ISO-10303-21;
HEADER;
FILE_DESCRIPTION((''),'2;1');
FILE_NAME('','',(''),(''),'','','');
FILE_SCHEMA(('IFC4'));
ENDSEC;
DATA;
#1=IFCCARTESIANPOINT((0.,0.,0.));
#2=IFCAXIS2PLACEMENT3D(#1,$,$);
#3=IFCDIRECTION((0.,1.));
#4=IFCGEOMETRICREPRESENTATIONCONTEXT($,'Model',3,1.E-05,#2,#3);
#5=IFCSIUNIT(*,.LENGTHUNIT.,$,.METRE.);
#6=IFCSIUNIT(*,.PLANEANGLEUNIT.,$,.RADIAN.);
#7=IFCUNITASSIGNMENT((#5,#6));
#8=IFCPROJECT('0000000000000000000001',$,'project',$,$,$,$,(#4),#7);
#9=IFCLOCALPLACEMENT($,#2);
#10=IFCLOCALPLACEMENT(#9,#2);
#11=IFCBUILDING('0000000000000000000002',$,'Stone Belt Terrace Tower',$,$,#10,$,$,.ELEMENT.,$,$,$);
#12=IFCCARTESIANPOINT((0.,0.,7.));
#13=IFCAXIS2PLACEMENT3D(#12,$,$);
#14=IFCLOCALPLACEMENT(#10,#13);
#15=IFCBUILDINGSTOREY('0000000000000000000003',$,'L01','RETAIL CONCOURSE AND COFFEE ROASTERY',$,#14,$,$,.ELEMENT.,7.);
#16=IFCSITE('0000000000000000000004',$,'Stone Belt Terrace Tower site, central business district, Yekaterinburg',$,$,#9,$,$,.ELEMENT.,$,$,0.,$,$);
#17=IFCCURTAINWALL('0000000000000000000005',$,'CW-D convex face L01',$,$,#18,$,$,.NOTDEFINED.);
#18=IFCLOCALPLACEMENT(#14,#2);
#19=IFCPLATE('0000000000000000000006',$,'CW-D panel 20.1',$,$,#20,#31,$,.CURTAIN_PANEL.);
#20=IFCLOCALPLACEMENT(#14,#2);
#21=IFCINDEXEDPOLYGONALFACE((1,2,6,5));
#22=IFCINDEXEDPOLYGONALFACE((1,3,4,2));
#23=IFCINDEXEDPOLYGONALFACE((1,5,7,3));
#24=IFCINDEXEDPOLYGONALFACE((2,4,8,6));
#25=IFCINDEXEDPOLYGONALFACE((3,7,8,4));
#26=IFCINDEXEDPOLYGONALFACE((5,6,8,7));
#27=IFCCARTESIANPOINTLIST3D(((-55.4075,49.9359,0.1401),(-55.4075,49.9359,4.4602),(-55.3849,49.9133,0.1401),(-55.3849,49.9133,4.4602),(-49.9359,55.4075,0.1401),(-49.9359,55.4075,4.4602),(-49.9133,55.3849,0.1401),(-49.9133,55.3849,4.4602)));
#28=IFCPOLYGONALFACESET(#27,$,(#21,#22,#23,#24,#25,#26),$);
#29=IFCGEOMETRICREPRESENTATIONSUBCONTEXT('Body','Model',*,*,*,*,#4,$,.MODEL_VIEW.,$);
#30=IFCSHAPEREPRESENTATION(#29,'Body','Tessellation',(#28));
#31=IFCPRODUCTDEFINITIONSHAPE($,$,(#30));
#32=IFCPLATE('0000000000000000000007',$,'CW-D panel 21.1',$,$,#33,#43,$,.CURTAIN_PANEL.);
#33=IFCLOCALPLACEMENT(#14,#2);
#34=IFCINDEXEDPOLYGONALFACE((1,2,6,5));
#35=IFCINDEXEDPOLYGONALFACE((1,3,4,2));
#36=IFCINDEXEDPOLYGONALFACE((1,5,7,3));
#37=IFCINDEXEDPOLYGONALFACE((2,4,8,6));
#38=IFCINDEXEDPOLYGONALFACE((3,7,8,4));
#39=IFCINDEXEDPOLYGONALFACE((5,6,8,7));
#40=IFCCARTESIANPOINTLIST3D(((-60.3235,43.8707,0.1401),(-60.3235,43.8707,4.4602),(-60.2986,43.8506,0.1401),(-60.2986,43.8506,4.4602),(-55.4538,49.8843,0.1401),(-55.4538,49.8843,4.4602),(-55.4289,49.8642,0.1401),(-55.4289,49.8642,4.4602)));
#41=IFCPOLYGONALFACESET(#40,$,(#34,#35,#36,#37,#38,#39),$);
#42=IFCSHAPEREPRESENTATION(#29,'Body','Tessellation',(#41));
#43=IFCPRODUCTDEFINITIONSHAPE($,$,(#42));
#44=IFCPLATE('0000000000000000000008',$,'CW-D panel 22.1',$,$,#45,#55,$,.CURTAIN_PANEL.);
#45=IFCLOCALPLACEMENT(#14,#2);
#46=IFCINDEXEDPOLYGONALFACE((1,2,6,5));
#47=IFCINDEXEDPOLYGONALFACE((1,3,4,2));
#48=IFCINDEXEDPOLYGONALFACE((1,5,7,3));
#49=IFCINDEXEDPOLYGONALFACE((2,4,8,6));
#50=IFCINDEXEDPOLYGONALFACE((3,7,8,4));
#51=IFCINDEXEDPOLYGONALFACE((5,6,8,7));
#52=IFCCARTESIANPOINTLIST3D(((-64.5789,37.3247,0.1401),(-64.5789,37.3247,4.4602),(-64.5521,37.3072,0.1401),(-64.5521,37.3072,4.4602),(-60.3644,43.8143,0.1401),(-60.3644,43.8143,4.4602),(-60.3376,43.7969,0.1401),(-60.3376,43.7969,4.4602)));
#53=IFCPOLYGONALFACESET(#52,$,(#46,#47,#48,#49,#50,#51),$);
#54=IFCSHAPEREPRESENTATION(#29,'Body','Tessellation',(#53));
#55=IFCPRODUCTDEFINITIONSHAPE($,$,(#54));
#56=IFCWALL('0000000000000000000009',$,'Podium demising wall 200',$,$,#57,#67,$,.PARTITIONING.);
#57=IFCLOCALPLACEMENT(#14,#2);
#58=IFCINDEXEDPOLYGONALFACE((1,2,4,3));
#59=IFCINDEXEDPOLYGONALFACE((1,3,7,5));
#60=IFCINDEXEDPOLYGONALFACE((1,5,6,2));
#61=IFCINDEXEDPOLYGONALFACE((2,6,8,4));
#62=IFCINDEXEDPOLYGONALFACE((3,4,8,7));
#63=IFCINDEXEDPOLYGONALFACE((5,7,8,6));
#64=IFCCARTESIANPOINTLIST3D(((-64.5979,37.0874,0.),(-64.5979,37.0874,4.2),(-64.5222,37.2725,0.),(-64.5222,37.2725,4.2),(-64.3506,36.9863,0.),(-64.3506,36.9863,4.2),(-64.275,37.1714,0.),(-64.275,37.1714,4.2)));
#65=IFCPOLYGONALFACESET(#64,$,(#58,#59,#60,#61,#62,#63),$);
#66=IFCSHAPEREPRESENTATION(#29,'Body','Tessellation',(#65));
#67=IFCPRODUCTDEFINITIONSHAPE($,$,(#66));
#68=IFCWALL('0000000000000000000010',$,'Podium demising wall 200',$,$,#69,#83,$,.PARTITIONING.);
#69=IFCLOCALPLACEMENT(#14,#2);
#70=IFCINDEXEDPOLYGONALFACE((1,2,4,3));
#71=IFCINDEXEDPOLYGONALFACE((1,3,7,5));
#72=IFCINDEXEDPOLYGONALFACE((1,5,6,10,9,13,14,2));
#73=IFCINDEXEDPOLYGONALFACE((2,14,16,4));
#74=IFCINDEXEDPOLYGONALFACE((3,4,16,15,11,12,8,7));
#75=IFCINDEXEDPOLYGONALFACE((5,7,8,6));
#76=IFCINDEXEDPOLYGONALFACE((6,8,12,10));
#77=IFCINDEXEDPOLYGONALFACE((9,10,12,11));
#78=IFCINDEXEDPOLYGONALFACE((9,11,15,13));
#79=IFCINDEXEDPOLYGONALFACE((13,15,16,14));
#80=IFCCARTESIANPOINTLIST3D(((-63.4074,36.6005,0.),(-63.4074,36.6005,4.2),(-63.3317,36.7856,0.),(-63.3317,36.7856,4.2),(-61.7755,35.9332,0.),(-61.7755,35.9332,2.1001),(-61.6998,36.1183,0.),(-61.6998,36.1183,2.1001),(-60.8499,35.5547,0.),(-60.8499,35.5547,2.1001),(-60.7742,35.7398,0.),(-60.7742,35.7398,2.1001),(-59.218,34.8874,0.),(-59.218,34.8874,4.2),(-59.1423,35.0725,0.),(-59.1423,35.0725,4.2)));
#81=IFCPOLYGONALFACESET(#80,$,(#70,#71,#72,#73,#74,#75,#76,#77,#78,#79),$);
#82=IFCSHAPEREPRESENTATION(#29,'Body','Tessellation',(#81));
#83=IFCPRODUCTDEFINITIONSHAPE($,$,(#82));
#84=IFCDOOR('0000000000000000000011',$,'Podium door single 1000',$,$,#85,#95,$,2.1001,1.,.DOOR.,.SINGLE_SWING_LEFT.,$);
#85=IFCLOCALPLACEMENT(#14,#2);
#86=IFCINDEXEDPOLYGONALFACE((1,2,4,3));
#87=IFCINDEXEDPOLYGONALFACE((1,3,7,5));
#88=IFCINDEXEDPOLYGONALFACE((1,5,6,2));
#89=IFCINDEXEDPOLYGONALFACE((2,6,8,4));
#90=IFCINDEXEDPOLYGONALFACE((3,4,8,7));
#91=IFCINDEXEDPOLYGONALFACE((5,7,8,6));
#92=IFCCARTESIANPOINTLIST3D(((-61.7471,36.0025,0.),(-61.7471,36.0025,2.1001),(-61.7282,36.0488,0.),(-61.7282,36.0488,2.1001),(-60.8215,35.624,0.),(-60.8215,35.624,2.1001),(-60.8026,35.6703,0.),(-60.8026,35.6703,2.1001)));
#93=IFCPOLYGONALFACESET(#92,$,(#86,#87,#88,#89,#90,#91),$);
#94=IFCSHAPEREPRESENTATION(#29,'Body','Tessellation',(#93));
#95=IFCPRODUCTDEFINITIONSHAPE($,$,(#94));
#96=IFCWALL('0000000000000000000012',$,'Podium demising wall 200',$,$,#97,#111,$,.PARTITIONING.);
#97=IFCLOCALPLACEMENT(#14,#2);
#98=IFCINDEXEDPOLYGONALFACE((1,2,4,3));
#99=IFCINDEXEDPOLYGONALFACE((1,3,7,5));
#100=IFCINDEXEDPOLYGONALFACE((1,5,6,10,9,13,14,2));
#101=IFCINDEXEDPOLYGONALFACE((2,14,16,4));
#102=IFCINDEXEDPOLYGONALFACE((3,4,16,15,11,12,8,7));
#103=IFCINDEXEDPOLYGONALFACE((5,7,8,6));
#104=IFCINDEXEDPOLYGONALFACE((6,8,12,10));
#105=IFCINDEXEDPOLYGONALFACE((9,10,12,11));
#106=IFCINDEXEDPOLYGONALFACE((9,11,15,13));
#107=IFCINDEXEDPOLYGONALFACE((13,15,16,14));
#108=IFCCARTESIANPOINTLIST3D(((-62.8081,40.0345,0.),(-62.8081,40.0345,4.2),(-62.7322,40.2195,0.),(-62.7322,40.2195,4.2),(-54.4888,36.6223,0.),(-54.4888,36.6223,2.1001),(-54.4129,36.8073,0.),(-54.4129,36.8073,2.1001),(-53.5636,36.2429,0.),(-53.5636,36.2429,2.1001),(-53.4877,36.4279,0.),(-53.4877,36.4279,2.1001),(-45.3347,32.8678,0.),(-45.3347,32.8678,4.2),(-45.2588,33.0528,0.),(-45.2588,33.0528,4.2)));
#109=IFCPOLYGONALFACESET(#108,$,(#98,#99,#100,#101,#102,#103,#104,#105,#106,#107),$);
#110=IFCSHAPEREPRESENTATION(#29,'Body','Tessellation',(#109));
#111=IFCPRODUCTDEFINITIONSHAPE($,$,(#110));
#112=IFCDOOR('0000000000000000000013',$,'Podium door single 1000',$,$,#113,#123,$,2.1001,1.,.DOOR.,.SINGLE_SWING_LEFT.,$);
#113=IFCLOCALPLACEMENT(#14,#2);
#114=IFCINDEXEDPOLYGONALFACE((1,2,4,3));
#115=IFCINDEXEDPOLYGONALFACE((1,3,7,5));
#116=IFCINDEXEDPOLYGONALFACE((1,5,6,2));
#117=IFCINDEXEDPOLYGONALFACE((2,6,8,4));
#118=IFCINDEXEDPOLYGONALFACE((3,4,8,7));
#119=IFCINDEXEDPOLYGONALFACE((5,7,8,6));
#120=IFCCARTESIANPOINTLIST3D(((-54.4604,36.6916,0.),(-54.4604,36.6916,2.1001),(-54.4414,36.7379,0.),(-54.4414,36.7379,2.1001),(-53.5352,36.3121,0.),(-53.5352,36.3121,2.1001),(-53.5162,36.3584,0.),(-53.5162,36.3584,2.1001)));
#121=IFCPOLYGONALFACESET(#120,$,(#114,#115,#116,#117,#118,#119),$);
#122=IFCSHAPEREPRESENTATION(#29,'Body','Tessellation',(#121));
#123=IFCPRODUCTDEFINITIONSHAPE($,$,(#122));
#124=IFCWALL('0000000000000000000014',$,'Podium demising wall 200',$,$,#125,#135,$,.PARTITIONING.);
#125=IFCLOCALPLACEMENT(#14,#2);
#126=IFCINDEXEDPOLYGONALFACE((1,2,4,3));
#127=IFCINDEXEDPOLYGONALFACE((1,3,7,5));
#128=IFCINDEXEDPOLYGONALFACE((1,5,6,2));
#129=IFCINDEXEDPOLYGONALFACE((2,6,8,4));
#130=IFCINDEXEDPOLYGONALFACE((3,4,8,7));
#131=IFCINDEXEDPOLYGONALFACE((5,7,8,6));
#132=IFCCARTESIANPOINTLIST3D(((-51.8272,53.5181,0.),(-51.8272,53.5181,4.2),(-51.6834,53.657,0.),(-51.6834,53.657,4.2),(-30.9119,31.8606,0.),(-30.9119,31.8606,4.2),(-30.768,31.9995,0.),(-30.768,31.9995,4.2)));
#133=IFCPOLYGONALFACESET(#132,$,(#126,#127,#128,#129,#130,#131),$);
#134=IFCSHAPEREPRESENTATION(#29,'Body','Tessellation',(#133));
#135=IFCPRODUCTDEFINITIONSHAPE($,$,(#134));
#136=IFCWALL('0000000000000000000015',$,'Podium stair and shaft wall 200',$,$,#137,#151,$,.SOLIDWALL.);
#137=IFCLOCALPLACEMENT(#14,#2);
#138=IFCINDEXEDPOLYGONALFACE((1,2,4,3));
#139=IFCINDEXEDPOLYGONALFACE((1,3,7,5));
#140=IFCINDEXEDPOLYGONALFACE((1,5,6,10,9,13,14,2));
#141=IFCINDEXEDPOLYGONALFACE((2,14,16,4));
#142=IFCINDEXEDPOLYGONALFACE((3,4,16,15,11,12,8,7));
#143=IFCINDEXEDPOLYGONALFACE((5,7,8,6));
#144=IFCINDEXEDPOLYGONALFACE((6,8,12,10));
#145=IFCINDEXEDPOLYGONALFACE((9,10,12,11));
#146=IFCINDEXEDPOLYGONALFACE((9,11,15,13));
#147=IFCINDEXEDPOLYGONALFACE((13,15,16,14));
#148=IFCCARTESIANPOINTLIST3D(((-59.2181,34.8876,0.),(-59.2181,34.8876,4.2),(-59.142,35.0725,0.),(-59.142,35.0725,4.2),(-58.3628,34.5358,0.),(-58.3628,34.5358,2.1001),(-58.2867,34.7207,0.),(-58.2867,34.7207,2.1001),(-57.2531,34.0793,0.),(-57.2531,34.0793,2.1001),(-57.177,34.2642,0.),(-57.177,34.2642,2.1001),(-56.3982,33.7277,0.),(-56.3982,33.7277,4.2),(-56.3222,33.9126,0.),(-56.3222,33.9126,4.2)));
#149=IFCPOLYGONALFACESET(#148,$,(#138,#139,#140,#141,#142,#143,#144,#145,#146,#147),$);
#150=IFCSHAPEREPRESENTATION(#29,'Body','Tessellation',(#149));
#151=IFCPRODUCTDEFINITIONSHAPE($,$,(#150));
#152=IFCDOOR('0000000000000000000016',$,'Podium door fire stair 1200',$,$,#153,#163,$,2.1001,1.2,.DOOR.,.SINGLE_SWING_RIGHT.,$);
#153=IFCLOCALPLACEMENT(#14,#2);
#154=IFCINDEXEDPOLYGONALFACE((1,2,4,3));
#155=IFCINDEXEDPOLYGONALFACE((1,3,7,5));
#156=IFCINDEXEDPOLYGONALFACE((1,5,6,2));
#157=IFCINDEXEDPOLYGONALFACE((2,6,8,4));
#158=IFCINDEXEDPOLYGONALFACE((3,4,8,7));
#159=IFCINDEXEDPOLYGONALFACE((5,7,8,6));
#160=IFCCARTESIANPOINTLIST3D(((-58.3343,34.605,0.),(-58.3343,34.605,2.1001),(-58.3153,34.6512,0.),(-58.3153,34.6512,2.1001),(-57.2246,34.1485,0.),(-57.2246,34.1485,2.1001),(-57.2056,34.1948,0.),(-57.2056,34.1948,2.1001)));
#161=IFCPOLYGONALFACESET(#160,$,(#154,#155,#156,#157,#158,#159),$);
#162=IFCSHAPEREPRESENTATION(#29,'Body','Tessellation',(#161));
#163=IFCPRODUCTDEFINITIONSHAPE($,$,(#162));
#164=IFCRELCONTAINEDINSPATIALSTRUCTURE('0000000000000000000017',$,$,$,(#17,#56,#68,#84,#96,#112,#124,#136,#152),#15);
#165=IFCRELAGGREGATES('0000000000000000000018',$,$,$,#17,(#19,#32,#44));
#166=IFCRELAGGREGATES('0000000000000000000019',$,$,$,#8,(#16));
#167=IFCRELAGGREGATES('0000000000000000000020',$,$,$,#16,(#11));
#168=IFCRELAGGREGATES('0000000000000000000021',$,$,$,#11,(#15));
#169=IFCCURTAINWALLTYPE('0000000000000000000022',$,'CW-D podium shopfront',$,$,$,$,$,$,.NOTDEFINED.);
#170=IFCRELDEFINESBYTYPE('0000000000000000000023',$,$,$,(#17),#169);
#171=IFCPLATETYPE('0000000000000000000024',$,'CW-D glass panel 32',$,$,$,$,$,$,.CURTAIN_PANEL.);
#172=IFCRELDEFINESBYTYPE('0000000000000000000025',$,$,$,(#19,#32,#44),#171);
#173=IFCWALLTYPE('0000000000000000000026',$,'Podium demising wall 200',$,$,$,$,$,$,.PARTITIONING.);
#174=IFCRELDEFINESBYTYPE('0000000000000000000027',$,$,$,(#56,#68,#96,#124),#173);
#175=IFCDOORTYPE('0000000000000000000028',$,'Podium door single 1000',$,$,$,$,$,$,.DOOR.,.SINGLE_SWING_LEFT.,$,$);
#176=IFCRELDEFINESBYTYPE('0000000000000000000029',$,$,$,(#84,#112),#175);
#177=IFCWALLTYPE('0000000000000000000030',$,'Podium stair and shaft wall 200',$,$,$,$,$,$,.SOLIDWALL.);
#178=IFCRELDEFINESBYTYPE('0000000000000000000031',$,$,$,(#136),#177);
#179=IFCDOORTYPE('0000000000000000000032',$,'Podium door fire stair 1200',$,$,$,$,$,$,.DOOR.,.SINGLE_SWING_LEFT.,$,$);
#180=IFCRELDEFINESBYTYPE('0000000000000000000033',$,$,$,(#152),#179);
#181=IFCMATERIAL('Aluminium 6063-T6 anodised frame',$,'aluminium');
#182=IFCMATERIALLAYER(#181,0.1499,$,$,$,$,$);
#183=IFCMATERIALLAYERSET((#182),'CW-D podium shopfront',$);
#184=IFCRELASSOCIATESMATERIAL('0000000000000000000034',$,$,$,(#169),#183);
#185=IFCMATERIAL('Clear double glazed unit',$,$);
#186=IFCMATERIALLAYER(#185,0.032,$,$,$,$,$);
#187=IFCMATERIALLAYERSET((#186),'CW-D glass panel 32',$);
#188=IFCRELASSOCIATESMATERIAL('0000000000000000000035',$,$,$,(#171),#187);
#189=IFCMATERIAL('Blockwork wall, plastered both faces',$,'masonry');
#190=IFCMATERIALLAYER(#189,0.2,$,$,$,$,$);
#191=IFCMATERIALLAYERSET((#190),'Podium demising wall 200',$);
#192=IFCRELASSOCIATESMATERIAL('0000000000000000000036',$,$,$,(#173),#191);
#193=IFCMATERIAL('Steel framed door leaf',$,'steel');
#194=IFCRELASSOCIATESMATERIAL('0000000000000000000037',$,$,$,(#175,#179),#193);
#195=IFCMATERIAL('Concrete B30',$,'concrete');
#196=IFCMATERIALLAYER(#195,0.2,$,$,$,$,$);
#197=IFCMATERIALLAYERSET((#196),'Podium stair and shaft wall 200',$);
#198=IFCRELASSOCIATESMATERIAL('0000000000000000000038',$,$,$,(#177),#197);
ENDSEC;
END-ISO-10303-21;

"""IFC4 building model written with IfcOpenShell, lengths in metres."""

from ifc_helpers import new_model, si_unit, direction, frame, frame_2d, origin, origin_2d, place, context, subcontext, project, spatial, rectangle, extrude, material, layer, layer_set, type_object, element, fill, aggregate, save


model = new_model("IFC4")

# Units and contexts
model_context = context("Model", 3, precision=1e-05, world=origin(), true_north=direction((0.0, 1.0)))
body_context = subcontext(model_context, "Body", "Model", "MODEL_VIEW")
ifc_project = project(units=[si_unit("LENGTHUNIT", "METRE"), si_unit("PLANEANGLEUNIT", "RADIAN")], contexts=[model_context])

# Site, building, storey
site_placement = place(None, origin())
site = spatial("IfcSite", under=ifc_project, at=site_placement, Name="Stone Belt Terrace Tower site, central business district, Yekaterinburg", CompositionType="ELEMENT", RefElevation=0.0)
building_placement = place(site_placement, origin())
building = spatial("IfcBuilding", under=site, at=building_placement, Name="Stone Belt Terrace Tower", CompositionType="ELEMENT")
storey_placement = place(building_placement, frame((0.0, 0.0, 7.0)))
storey = spatial("IfcBuildingStorey", under=building, at=storey_placement, Name="L01", Description="RETAIL CONCOURSE AND COFFEE ROASTERY", CompositionType="ELEMENT", Elevation=7.0)

# Curtain wall, plates
ifc_material_1 = material(Name="Aluminium 6063-T6 anodised frame", Category="aluminium")
ifc_layer_1 = layer(ifc_material_1, 0.1499)
ifc_layer_set_1 = layer_set([ifc_layer_1], Name="CW-D podium shopfront")
curtain_wall_type = type_object("IfcCurtainWallType", Name="CW-D podium shopfront", PredefinedType="NOTDEFINED", material=ifc_layer_set_1)
curtain_wall_placement = place(storey_placement, origin())
curtain_wall = element("IfcCurtainWall", 1, at=curtain_wall_placement, inside=storey, type_object=curtain_wall_type, Name="CW-D convex face L01", PredefinedType="NOTDEFINED")
ifc_material_2 = material(Name="Clear double glazed unit")
ifc_layer_2 = layer(ifc_material_2, 0.032)
ifc_layer_set_2 = layer_set([ifc_layer_2], Name="CW-D glass panel 32")
plate_type = type_object("IfcPlateType", Name="CW-D glass panel 32", PredefinedType="CURTAIN_PANEL", material=ifc_layer_set_2)
plate_1_placement = place(storey_placement, frame((-52.6604, 52.6604, 0.1401), z_axis=(0.0, 0.0, 1.0), x_axis=(-0.707107, -0.707107, 0.0)))
plate_1 = element("IfcPlate", 2, at=plate_1_placement, type_object=plate_type, Name="CW-D panel 20.1", PredefinedType="CURTAIN_PANEL", context=body_context, shape_type="SweptSolid", body=[
    extrude(rectangle(XDim=7.738, YDim=0.032, at=origin_2d()), origin(), (0.0, 0.0, 1.0), 4.3201),
])
plate_2_placement = place(storey_placement, frame((-57.8762, 46.8674, 0.1401), z_axis=(0.0, 0.0, 1.0), x_axis=(-0.62932, -0.777146, 0.0)))
plate_2 = element("IfcPlate", 3, at=plate_2_placement, type_object=plate_type, Name="CW-D panel 21.1", PredefinedType="CURTAIN_PANEL", context=body_context, shape_type="SweptSolid", body=[
    extrude(rectangle(XDim=7.738, YDim=0.032, at=origin_2d()), origin(), (0.0, 0.0, 1.0), 4.3201),
])
plate_3_placement = place(storey_placement, frame((-62.4583, 40.5608, 0.1401), z_axis=(0.0, 0.0, 1.0), x_axis=(-0.544639, -0.838671, 0.0)))
plate_3 = element("IfcPlate", 4, at=plate_3_placement, type_object=plate_type, Name="CW-D panel 22.1", PredefinedType="CURTAIN_PANEL", context=body_context, shape_type="SweptSolid", body=[
    extrude(rectangle(XDim=7.738, YDim=0.032, at=origin_2d()), origin(), (0.0, 0.0, 1.0), 4.3201),
])
aggregate(curtain_wall, [plate_1, plate_2, plate_3])

# Wall
ifc_material_3 = material(Name="Blockwork wall, plastered both faces", Category="masonry")
ifc_layer_3 = layer(ifc_material_3, 0.2)
ifc_layer_set_3 = layer_set([ifc_layer_3], Name="Podium demising wall 200")
wall_type_1 = type_object("IfcWallType", Name="Podium demising wall 200", PredefinedType="PARTITIONING", material=ifc_layer_set_3)
wall_1_placement = place(storey_placement, frame((-64.5601, 37.1799, 0.0), z_axis=(0.0, 0.0, 1.0), x_axis=(0.925678, -0.378313, 0.0)))
element("IfcWall", 5, at=wall_1_placement, inside=storey, type_object=wall_type_1, Name="Podium demising wall 200", PredefinedType="PARTITIONING", context=body_context, shape_type="SweptSolid", body=[
    extrude(rectangle(XDim=0.2671, YDim=0.2, at=frame_2d((0.1335, 0.0))), origin(), (0.0, 0.0, 1.0), 4.2),
])

# Walls, openings, doors
wall_2_placement = place(storey_placement, frame((-63.3696, 36.6931, 0.0), z_axis=(0.0, 0.0, 1.0), x_axis=(0.925604, -0.378494, 0.0)))
wall_2 = element("IfcWall", 6, at=wall_2_placement, inside=storey, type_object=wall_type_1, Name="Podium demising wall 200", PredefinedType="PARTITIONING", context=body_context, shape_type="SweptSolid", body=[
    extrude(rectangle(XDim=4.5261, YDim=0.2, at=frame_2d((2.2632, 0.0))), origin(), (0.0, 0.0, 1.0), 4.2),
])
opening_1_placement = place(wall_2_placement, frame((1.7632, 0.0, 0.0)))
opening_1 = element("IfcOpeningElement", 7, at=opening_1_placement, cuts=wall_2, PredefinedType="OPENING", context=body_context, shape_type="SweptSolid", body=[
    extrude(rectangle(XDim=1.0, YDim=2.1001, at=frame_2d((0.5, 1.05))), frame((0.0, 0.1099, 0.0), z_axis=(0.0, -1.0, 0.0), x_axis=(1.0, 0.0, 0.0)), (0.0, 0.0, 1.0), 0.22),
])
ifc_material_4 = material(Name="Steel framed door leaf", Category="steel")
door_type_1 = type_object("IfcDoorType", Name="Podium door single 1000", OperationType="SINGLE_SWING_LEFT", PredefinedType="DOOR", material=ifc_material_4)
door_1_placement = place(opening_1_placement, origin())
door_1 = element("IfcDoor", 8, at=door_1_placement, inside=storey, type_object=door_type_1, Name="Podium door single 1000", OperationType="SINGLE_SWING_LEFT", OverallHeight=2.1001, OverallWidth=1.0, PredefinedType="DOOR", context=body_context, shape_type="SweptSolid", body=[
    extrude(rectangle(XDim=1.0, YDim=2.1001, at=frame_2d((0.5, 1.05))), frame((0.0, 0.0249, 0.0), z_axis=(0.0, -1.0, 0.0), x_axis=(1.0, 0.0, 0.0)), (0.0, 0.0, 1.0), 0.05),
])
fill(opening_1, door_1)
wall_3_placement = place(storey_placement, frame((-62.77, 40.127, 0.0), z_axis=(0.0, 0.0, 1.0), x_axis=(0.925202, -0.379474, 0.0)))
wall_3 = element("IfcWall", 9, at=wall_3_placement, inside=storey, type_object=wall_type_1, Name="Podium demising wall 200", PredefinedType="PARTITIONING", context=body_context, shape_type="SweptSolid", body=[
    extrude(rectangle(XDim=18.886, YDim=0.2, at=frame_2d((9.4429, 0.0))), origin(), (0.0, 0.0, 1.0), 4.2),
])
opening_2_placement = place(wall_3_placement, frame((8.9917, 0.0, 0.0)))
opening_2 = element("IfcOpeningElement", 10, at=opening_2_placement, cuts=wall_3, PredefinedType="OPENING", context=body_context, shape_type="SweptSolid", body=[
    extrude(rectangle(XDim=1.0, YDim=2.1001, at=frame_2d((0.5, 1.05))), frame((0.0, 0.1099, 0.0), z_axis=(0.0, -1.0, 0.0), x_axis=(1.0, 0.0, 0.0)), (0.0, 0.0, 1.0), 0.22),
])
door_2_placement = place(opening_2_placement, origin())
door_2 = element("IfcDoor", 11, at=door_2_placement, inside=storey, type_object=door_type_1, Name="Podium door single 1000", OperationType="SINGLE_SWING_LEFT", OverallHeight=2.1001, OverallWidth=1.0, PredefinedType="DOOR", context=body_context, shape_type="SweptSolid", body=[
    extrude(rectangle(XDim=1.0, YDim=2.1001, at=frame_2d((0.5, 1.05))), frame((0.0, 0.0249, 0.0), z_axis=(0.0, -1.0, 0.0), x_axis=(1.0, 0.0, 0.0)), (0.0, 0.0, 1.0), 0.05),
])
fill(opening_2, door_2)

# Wall
wall_4_placement = place(storey_placement, frame((-51.7554, 53.5876, 0.0), z_axis=(0.0, 0.0, 1.0), x_axis=(0.694674, -0.719325, 0.0)))
element("IfcWall", 12, at=wall_4_placement, inside=storey, type_object=wall_type_1, Name="Podium demising wall 200", PredefinedType="PARTITIONING", context=body_context, shape_type="SweptSolid", body=[
    extrude(rectangle(XDim=30.1082, YDim=0.2, at=frame_2d((15.0542, 0.0))), origin(), (0.0, 0.0, 1.0), 4.2),
])

# Wall, opening, door
ifc_material_5 = material(Name="Concrete B30", Category="concrete")
ifc_layer_4 = layer(ifc_material_5, 0.2)
ifc_layer_set_4 = layer_set([ifc_layer_4], Name="Podium stair and shaft wall 200")
wall_type_2 = type_object("IfcWallType", Name="Podium stair and shaft wall 200", PredefinedType="SOLIDWALL", material=ifc_layer_set_4)
wall_5_placement = place(storey_placement, frame((-59.1799, 34.98, 0.0), z_axis=(0.0, 0.0, 1.0), x_axis=(0.924816, -0.380416, 0.0)))
wall_5 = element("IfcWall", 13, at=wall_5_placement, inside=storey, type_object=wall_type_2, Name="Podium stair and shaft wall 200", PredefinedType="SOLIDWALL", context=body_context, shape_type="SweptSolid", body=[
    extrude(rectangle(XDim=3.0491, YDim=0.2, at=frame_2d((1.5244, 0.0))), origin(), (0.0, 0.0, 1.0), 4.2),
])
opening_3_placement = place(wall_5_placement, frame((0.9246, 0.0, 0.0)))
opening_3 = element("IfcOpeningElement", 14, at=opening_3_placement, cuts=wall_5, PredefinedType="OPENING", context=body_context, shape_type="SweptSolid", body=[
    extrude(rectangle(XDim=1.2, YDim=2.1001, at=frame_2d((0.6001, 1.05))), frame((0.0, 0.1099, 0.0), z_axis=(0.0, -1.0, 0.0), x_axis=(1.0, 0.0, 0.0)), (0.0, 0.0, 1.0), 0.22),
])
door_type_2 = type_object("IfcDoorType", Name="Podium door fire stair 1200", OperationType="SINGLE_SWING_LEFT", PredefinedType="DOOR", material=ifc_material_4)
door_3_placement = place(opening_3_placement, origin())
door_3 = element("IfcDoor", 15, at=door_3_placement, inside=storey, type_object=door_type_2, Name="Podium door fire stair 1200", OperationType="SINGLE_SWING_RIGHT", OverallHeight=2.1001, OverallWidth=1.2, PredefinedType="DOOR", context=body_context, shape_type="SweptSolid", body=[
    extrude(rectangle(XDim=1.2, YDim=2.1001, at=frame_2d((0.6001, 1.05))), frame((0.0, 0.0249, 0.0), z_axis=(0.0, -1.0, 0.0), x_axis=(1.0, 0.0, 0.0)), (0.0, 0.0, 1.0), 0.05),
])
fill(opening_3, door_3)

save(model, "model.ifc")
